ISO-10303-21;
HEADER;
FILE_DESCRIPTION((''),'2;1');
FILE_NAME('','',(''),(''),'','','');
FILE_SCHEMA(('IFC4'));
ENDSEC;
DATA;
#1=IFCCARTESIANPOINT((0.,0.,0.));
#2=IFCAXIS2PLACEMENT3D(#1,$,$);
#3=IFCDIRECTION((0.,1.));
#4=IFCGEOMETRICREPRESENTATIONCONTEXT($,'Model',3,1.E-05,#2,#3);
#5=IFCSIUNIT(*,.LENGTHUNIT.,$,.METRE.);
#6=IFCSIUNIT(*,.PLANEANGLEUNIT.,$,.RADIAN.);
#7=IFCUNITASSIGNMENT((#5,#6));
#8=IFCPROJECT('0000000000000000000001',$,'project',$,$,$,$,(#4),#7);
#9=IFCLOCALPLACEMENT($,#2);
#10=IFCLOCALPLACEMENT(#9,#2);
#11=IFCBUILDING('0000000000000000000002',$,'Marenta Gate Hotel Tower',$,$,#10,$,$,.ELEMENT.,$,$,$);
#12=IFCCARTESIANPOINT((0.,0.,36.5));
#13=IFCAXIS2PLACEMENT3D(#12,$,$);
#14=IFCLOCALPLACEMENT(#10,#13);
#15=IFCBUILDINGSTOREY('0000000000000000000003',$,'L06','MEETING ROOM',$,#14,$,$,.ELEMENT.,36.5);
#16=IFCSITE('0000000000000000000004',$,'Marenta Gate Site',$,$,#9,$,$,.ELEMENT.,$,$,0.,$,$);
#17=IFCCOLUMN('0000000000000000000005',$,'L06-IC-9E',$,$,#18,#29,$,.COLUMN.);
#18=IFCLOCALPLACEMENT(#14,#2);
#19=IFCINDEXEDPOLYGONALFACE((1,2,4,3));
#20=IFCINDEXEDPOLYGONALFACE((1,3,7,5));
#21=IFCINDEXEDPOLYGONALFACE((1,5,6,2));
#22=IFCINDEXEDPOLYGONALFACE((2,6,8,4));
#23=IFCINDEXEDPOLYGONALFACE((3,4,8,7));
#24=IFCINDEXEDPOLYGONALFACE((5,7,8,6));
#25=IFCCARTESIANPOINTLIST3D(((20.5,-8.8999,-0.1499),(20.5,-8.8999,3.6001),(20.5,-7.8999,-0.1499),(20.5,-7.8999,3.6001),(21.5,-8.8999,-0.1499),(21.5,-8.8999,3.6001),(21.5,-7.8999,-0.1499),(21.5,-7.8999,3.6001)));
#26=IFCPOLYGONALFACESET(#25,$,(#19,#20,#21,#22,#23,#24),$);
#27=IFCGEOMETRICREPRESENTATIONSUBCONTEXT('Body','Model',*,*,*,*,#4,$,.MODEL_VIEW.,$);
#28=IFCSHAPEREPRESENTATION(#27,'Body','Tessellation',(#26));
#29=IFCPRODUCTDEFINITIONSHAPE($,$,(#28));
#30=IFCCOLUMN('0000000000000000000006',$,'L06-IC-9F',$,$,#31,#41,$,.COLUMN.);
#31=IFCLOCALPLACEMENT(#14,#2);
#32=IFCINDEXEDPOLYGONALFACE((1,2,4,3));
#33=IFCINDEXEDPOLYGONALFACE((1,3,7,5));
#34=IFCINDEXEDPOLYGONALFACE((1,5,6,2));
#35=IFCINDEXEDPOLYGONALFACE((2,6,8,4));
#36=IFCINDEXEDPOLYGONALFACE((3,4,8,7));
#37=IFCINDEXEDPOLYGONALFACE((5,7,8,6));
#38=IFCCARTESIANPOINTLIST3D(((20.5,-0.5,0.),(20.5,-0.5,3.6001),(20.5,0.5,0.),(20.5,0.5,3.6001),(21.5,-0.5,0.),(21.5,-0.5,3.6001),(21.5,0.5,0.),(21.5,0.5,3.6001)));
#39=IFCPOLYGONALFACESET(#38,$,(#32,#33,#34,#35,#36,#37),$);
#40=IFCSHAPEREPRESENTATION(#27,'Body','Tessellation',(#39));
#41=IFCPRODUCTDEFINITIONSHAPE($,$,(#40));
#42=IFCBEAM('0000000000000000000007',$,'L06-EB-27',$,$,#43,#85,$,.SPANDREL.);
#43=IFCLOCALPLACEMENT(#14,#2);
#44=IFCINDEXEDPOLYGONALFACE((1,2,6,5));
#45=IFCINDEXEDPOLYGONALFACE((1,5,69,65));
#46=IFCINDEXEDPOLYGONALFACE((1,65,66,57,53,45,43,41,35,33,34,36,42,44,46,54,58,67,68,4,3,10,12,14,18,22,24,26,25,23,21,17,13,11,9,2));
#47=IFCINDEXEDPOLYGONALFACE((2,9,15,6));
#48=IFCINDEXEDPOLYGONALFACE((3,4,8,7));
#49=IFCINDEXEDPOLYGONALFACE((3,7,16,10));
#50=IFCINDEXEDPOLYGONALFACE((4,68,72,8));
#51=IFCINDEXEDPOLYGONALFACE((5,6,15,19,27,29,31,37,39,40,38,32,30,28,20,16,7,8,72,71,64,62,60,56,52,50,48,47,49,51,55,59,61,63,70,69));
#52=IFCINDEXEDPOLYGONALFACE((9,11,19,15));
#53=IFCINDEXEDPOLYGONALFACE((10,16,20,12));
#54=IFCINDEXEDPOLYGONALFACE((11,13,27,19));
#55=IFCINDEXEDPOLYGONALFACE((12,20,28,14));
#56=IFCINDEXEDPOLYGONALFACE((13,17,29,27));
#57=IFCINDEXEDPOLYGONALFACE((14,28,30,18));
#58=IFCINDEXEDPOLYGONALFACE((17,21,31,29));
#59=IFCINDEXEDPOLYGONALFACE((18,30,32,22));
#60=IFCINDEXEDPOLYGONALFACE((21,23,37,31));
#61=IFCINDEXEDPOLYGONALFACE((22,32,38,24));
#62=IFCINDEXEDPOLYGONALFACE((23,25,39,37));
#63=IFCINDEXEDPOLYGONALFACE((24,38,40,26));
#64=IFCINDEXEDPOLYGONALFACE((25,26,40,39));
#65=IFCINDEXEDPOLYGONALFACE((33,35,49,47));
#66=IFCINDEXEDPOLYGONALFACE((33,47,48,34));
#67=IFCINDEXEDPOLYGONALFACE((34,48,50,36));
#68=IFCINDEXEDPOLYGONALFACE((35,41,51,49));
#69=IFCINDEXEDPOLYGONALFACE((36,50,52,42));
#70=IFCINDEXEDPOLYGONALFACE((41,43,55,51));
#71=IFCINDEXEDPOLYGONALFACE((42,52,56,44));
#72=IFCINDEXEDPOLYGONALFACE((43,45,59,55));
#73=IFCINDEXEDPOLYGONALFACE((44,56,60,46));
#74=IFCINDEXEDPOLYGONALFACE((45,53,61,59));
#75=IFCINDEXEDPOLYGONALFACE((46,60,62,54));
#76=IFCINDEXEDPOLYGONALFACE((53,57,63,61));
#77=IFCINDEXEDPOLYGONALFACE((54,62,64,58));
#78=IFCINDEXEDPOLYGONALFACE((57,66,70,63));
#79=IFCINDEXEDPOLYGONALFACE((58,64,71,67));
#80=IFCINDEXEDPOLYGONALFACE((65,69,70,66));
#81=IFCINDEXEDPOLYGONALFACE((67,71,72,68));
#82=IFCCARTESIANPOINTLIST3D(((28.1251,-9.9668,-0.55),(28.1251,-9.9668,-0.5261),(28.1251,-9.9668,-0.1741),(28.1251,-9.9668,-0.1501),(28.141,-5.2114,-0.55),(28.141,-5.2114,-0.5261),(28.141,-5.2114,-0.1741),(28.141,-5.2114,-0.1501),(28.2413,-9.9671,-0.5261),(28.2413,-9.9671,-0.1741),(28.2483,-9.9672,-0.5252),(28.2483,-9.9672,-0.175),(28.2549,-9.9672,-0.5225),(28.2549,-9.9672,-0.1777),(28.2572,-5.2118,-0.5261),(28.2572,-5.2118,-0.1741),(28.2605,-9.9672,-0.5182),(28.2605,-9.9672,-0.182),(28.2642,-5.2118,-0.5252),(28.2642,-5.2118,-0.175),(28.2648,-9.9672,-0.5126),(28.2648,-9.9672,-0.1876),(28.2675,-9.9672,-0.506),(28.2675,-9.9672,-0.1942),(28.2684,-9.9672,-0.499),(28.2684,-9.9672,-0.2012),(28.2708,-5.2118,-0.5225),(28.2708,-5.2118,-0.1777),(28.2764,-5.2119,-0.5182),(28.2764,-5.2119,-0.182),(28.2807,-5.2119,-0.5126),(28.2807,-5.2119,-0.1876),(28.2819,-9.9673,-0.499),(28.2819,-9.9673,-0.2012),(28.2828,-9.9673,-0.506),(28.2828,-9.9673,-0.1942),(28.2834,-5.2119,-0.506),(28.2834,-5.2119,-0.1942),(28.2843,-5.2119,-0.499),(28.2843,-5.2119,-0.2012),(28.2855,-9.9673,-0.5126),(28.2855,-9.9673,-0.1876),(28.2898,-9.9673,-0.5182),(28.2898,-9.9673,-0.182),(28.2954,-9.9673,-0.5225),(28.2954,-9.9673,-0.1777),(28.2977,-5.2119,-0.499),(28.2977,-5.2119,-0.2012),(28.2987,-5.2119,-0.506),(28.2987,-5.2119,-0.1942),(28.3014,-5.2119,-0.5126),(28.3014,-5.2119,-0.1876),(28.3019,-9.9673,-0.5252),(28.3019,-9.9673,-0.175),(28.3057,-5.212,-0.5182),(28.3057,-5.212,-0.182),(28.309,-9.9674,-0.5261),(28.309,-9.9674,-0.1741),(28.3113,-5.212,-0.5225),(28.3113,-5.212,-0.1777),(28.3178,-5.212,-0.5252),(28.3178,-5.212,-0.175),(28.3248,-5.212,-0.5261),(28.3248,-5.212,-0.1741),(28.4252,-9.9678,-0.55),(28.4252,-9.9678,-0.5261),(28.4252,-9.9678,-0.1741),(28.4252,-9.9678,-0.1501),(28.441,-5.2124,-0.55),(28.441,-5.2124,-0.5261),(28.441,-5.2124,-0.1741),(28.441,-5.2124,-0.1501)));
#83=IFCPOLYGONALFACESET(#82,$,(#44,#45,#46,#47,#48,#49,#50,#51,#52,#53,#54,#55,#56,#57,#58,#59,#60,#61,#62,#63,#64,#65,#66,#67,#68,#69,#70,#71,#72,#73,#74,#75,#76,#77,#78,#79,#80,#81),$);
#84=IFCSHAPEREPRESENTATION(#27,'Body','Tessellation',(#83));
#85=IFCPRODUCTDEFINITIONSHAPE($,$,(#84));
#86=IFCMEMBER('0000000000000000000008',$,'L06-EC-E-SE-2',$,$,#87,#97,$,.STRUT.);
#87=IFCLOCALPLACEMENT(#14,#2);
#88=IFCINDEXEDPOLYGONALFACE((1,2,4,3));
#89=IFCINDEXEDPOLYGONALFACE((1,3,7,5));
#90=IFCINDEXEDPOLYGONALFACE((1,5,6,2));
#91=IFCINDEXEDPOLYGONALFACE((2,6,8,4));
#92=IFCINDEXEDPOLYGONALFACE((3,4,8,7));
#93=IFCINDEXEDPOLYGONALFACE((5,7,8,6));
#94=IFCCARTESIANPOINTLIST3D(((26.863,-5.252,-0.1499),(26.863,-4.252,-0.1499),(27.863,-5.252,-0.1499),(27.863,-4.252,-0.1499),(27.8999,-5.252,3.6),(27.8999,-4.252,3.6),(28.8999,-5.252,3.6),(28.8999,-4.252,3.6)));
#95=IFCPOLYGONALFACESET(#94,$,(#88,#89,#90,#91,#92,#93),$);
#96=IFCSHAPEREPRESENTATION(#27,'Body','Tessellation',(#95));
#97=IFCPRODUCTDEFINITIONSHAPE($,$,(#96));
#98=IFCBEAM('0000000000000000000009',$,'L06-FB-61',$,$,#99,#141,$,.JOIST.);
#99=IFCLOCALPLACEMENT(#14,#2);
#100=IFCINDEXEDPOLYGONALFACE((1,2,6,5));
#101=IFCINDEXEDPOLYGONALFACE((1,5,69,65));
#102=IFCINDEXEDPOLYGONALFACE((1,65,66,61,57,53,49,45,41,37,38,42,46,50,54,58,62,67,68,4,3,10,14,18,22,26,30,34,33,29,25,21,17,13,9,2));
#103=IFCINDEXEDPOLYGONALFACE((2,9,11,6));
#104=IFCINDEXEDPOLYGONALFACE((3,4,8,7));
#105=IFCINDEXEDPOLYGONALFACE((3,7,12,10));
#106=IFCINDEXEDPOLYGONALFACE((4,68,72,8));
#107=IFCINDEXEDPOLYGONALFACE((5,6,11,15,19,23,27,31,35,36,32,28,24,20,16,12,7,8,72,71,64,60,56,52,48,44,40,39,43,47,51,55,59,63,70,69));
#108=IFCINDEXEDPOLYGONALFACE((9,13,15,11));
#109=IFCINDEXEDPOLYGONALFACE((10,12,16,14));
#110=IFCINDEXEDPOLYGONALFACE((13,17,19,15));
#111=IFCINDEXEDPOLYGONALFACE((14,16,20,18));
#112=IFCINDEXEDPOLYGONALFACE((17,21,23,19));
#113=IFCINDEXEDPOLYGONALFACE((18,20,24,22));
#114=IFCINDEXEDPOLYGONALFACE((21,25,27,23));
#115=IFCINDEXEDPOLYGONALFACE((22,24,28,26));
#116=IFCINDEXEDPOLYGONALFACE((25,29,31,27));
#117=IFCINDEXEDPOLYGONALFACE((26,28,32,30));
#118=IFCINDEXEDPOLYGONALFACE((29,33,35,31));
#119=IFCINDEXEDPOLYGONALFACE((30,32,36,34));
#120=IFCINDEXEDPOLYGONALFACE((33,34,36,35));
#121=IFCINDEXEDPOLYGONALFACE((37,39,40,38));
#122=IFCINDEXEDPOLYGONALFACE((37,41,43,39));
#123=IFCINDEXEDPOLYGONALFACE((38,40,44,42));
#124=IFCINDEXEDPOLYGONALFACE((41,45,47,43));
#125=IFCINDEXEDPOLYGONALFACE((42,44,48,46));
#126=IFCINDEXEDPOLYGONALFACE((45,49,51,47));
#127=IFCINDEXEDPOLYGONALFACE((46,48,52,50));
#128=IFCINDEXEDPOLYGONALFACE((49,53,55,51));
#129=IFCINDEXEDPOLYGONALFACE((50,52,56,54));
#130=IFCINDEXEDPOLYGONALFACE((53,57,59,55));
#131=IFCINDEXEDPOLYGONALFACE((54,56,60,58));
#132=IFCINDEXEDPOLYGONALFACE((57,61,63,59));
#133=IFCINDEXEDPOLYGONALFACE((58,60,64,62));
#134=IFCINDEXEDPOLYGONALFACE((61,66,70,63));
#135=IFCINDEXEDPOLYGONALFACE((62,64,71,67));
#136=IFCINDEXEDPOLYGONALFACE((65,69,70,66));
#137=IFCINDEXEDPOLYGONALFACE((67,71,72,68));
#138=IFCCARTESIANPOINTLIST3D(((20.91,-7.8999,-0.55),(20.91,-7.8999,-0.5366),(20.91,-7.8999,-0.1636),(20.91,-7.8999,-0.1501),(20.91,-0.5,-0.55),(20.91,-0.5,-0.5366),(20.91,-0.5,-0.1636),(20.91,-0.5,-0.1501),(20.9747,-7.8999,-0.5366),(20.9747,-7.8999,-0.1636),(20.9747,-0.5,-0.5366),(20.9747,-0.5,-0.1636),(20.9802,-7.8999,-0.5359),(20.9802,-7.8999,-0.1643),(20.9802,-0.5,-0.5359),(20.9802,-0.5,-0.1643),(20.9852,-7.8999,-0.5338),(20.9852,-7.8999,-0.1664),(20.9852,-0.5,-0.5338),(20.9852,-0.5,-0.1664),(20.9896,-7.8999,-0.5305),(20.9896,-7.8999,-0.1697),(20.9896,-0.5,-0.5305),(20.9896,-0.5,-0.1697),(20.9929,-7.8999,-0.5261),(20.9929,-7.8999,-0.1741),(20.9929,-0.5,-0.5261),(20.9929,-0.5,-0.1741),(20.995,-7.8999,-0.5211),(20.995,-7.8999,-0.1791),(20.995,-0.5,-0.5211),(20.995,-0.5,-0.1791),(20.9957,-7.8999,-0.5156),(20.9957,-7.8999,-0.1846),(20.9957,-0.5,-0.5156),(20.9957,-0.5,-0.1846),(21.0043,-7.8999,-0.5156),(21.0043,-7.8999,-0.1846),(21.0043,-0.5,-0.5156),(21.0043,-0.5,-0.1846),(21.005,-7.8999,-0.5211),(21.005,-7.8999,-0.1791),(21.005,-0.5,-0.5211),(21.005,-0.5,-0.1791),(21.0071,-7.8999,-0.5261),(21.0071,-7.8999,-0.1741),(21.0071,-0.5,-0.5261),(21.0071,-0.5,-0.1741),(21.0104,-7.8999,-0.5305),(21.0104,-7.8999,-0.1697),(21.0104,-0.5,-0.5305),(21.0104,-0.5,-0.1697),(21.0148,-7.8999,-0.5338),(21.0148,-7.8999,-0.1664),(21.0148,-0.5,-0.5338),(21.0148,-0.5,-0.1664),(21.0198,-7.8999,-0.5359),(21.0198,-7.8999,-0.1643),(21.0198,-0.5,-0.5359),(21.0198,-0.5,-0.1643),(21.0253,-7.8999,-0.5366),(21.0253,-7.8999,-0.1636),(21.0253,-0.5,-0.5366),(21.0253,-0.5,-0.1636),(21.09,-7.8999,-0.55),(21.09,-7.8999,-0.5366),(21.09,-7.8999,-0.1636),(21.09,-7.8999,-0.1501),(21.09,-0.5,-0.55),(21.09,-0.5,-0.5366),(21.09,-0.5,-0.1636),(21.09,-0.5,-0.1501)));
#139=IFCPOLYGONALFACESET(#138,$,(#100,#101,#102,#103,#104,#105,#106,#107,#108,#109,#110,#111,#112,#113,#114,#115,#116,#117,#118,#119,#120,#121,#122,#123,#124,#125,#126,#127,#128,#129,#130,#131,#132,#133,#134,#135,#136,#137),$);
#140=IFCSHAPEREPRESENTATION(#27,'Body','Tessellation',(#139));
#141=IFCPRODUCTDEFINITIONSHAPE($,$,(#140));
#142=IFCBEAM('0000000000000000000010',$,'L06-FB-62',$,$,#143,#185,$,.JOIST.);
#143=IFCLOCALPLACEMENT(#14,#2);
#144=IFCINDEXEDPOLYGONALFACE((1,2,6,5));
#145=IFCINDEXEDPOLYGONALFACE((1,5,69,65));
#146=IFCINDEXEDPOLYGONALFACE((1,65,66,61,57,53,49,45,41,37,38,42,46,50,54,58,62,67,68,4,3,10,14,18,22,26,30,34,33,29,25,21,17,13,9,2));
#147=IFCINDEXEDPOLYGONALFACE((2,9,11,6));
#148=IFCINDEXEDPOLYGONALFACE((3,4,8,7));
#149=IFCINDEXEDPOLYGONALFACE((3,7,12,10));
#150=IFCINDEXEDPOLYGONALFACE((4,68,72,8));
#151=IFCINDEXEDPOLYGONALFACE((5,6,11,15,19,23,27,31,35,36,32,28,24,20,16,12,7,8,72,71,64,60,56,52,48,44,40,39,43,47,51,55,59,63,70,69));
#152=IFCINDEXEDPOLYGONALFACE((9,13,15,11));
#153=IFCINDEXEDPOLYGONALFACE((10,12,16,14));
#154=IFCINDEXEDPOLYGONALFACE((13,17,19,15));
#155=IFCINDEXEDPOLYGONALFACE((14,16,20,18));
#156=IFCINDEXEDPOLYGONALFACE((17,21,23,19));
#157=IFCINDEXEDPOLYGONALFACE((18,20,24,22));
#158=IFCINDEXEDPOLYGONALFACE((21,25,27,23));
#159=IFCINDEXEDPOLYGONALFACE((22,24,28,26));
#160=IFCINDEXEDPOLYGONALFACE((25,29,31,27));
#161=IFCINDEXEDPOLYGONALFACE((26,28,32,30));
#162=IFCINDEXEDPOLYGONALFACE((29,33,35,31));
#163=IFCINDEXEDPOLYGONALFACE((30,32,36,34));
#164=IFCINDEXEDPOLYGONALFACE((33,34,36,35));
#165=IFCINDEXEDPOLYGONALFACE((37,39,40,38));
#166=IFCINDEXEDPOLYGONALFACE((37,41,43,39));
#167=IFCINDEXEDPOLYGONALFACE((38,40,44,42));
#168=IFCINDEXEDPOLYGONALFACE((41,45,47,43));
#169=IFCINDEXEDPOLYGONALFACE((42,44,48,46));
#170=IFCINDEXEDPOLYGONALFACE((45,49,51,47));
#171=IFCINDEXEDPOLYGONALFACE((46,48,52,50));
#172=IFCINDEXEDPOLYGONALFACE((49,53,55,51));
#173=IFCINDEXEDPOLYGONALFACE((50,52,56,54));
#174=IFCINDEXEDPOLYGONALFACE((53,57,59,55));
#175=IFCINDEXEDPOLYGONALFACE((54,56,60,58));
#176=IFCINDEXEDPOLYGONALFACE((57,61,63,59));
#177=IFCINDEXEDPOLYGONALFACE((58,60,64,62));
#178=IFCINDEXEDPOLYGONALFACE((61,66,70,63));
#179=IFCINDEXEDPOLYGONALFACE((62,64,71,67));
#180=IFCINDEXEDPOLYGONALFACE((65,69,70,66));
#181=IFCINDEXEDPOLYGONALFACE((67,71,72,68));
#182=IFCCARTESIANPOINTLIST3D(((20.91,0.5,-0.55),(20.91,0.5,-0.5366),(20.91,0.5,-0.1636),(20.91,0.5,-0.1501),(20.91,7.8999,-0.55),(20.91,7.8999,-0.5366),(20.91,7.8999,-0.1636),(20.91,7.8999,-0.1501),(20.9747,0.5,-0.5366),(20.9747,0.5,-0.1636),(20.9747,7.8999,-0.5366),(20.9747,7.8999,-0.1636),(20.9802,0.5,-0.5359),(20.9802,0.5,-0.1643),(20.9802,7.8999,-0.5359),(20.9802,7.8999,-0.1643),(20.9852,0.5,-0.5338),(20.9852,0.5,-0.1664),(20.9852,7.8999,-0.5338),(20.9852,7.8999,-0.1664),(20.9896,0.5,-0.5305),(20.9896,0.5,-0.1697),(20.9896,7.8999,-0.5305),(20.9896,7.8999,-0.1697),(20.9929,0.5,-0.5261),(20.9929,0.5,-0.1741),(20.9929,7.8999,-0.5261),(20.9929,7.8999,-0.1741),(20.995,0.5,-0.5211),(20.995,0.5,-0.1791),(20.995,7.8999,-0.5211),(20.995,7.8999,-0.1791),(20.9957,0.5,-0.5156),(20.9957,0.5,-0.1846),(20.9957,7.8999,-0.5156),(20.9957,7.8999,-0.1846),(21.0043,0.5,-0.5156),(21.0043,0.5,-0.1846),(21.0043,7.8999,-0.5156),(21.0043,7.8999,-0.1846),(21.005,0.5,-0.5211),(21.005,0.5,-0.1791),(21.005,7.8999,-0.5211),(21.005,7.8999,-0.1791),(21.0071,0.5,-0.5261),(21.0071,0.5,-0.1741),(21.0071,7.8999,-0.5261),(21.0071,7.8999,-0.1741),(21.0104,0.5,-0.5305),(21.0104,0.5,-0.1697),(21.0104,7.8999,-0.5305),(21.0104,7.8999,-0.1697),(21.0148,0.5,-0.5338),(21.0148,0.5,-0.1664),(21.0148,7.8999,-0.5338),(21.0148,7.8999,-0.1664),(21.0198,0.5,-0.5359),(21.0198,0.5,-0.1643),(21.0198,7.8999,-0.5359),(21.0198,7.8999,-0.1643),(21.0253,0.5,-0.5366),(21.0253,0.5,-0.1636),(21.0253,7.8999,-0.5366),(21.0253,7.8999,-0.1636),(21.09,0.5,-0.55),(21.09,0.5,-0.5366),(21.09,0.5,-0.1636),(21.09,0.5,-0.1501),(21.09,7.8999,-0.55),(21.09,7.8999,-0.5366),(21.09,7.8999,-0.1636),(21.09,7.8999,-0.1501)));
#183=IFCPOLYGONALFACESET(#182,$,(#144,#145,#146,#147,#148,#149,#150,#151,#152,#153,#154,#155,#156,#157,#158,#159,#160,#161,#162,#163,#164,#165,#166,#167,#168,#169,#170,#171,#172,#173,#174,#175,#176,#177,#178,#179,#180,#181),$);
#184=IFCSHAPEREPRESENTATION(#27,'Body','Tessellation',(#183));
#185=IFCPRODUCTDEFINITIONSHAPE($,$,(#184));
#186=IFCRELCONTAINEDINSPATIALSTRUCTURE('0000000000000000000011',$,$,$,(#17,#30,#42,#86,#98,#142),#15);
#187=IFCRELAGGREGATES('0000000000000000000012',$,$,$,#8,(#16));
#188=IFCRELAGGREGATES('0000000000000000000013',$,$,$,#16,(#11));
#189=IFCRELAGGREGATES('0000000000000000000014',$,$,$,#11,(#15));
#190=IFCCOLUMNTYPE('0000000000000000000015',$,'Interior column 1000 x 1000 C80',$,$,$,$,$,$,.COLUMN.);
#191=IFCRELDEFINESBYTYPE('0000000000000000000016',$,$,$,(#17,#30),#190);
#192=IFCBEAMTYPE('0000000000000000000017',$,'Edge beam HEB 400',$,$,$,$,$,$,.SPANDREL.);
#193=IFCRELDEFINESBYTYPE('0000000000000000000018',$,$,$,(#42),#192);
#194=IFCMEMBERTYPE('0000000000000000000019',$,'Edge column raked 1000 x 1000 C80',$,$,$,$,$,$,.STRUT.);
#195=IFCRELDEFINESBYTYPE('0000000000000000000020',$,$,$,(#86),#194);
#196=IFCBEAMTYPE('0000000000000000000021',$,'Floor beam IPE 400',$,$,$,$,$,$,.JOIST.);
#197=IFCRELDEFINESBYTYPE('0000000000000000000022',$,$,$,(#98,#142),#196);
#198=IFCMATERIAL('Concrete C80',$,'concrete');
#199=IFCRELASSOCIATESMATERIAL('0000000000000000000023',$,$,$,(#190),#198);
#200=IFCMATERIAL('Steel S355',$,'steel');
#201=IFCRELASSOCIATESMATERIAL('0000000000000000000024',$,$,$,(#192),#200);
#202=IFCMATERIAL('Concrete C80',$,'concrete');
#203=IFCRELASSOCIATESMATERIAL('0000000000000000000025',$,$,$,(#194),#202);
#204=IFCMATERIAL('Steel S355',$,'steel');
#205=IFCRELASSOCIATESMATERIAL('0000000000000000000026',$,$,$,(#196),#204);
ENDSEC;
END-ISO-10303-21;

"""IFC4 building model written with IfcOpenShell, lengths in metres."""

from ifc_helpers import new_model, si_unit, direction, frame, origin, origin_2d, place, context, subcontext, project, spatial, rectangle, i_section, extrude, material, material_profile, profile_set, type_object, element, save


model = new_model("IFC4")

# Units and contexts
model_context = context("Model", 3, precision=1e-05, world=origin(), true_north=direction((0.0, 1.0)))
body_context = subcontext(model_context, "Body", "Model", "MODEL_VIEW")
ifc_project = project(units=[si_unit("LENGTHUNIT", "METRE"), si_unit("PLANEANGLEUNIT", "RADIAN")], contexts=[model_context])

# Site, building, storey
site_placement = place(None, origin())
site = spatial("IfcSite", under=ifc_project, at=site_placement, Name="Marenta Gate Site", CompositionType="ELEMENT", RefElevation=0.0)
building_placement = place(site_placement, origin())
building = spatial("IfcBuilding", under=site, at=building_placement, Name="Marenta Gate Hotel Tower", CompositionType="ELEMENT")
storey_placement = place(building_placement, frame((0.0, 0.0, 36.5)))
storey = spatial("IfcBuildingStorey", under=building, at=storey_placement, Name="L06", Description="MEETING ROOM", CompositionType="ELEMENT", Elevation=36.5)

# Columns
ifc_material_1 = material(Name="Concrete C80", Category="concrete")
ifc_material_profile_1 = material_profile(ifc_material_1, rectangle(XDim=1.0, YDim=1.0, at=origin_2d()), Name="1000 x 1000")
ifc_profile_set_1 = profile_set([ifc_material_profile_1], Name="Concrete C80")
column_type = type_object("IfcColumnType", Name="Interior column 1000 x 1000 C80", PredefinedType="COLUMN", material=ifc_profile_set_1)
column_1_placement = place(storey_placement, frame((21.0, -8.3999, -0.1499), z_axis=(0.0, 0.0, 1.0), x_axis=(1.0, 0.0, 0.0)))
element("IfcColumn", 1, at=column_1_placement, inside=storey, type_object=column_type, Name="L06-IC-9E", PredefinedType="COLUMN", context=body_context, shape_type="SweptSolid", body=[
    extrude(rectangle(XDim=1.0, YDim=1.0, at=origin_2d()), origin(), (0.0, 0.0, 1.0), 3.75),
])
column_2_placement = place(storey_placement, frame((21.0, 0.0, 0.0), z_axis=(0.0, 0.0, 1.0), x_axis=(1.0, 0.0, 0.0)))
element("IfcColumn", 2, at=column_2_placement, inside=storey, type_object=column_type, Name="L06-IC-9F", PredefinedType="COLUMN", context=body_context, shape_type="SweptSolid", body=[
    extrude(rectangle(XDim=1.0, YDim=1.0, at=origin_2d()), origin(), (0.0, 0.0, 1.0), 3.6001),
])

# Beam
ifc_material_2 = material(Name="Steel S355", Category="steel")
ifc_material_profile_2 = material_profile(ifc_material_2, i_section(OverallWidth=0.3, OverallDepth=0.3999, WebThickness=0.0134, FlangeThickness=0.0239, FilletRadius=0.0271, at=origin_2d()), Name="HEB 400")
ifc_profile_set_2 = profile_set([ifc_material_profile_2], Name="Steel S355")
beam_type_1 = type_object("IfcBeamType", Name="Edge beam HEB 400", PredefinedType="SPANDREL", material=ifc_profile_set_2)
beam_1_placement = place(storey_placement, frame((28.291, -5.2119, -0.3501), z_axis=(-0.003337, -0.999994, 0.0), x_axis=(0.999994, -0.003337, 0.0)))
element("IfcBeam", 3, at=beam_1_placement, inside=storey, type_object=beam_type_1, Name="L06-EB-27", PredefinedType="SPANDREL", context=body_context, shape_type="SweptSolid", body=[
    extrude(i_section(OverallWidth=0.3, OverallDepth=0.3999, WebThickness=0.0134, FlangeThickness=0.0239, FilletRadius=0.0271, at=origin_2d()), origin(), (0.0, 0.0, 1.0), 4.7554),
])

# Member
ifc_material_3 = material(Name="Concrete C80", Category="concrete")
ifc_material_profile_3 = material_profile(ifc_material_3, rectangle(XDim=1.0, YDim=1.0, at=origin_2d()), Name="1000 x 1000")
ifc_profile_set_3 = profile_set([ifc_material_profile_3], Name="Concrete C80")
member_type_1 = type_object("IfcMemberType", Name="Edge column raked 1000 x 1000 C80", PredefinedType="STRUT", material=ifc_profile_set_3)
member_1_placement = place(storey_placement, frame((27.363, -4.752, -0.1499), z_axis=(0.0, 0.0, 1.0), x_axis=(1.0, 0.0, 0.0)))
element("IfcMember", 4, at=member_1_placement, inside=storey, type_object=member_type_1, Name="L06-EC-E-SE-2", PredefinedType="STRUT", context=body_context, shape_type="SweptSolid", body=[
    extrude(rectangle(XDim=1.0, YDim=1.0, at=origin_2d()), origin(), (0.266498, 0.0, 0.963835), 3.8906),
])

# Beams
ifc_material_4 = material(Name="Steel S355", Category="steel")
ifc_material_profile_4 = material_profile(ifc_material_4, i_section(OverallWidth=0.1799, OverallDepth=0.3999, WebThickness=0.0085, FlangeThickness=0.0134, FilletRadius=0.021, at=origin_2d()), Name="IPE 400")
ifc_profile_set_4 = profile_set([ifc_material_profile_4], Name="Steel S355")
beam_type_2 = type_object("IfcBeamType", Name="Floor beam IPE 400", PredefinedType="JOIST", material=ifc_profile_set_4)
for number, where, z_axis, x_axis, name in (
    (5, (21.0, -7.8999, -0.3501), (0.0, 1.0, 0.0), (-1.0, 0.0, 0.0), "L06-FB-61"),
    (6, (21.0, 0.5, -0.3501), (0.0, 1.0, 0.0), (-1.0, 0.0, 0.0), "L06-FB-62"),
):
    element("IfcBeam", number, at=place(storey_placement, frame(where, z_axis=z_axis, x_axis=x_axis)), inside=storey, type_object=beam_type_2, Name=name, PredefinedType="JOIST", context=body_context, shape_type="SweptSolid", body=[
        extrude(i_section(OverallWidth=0.1799, OverallDepth=0.3999, WebThickness=0.0085, FlangeThickness=0.0134, FilletRadius=0.021, at=origin_2d()), origin(), (0.0, 0.0, 1.0), 7.3999),
    ])

save(model, "model.ifc")
